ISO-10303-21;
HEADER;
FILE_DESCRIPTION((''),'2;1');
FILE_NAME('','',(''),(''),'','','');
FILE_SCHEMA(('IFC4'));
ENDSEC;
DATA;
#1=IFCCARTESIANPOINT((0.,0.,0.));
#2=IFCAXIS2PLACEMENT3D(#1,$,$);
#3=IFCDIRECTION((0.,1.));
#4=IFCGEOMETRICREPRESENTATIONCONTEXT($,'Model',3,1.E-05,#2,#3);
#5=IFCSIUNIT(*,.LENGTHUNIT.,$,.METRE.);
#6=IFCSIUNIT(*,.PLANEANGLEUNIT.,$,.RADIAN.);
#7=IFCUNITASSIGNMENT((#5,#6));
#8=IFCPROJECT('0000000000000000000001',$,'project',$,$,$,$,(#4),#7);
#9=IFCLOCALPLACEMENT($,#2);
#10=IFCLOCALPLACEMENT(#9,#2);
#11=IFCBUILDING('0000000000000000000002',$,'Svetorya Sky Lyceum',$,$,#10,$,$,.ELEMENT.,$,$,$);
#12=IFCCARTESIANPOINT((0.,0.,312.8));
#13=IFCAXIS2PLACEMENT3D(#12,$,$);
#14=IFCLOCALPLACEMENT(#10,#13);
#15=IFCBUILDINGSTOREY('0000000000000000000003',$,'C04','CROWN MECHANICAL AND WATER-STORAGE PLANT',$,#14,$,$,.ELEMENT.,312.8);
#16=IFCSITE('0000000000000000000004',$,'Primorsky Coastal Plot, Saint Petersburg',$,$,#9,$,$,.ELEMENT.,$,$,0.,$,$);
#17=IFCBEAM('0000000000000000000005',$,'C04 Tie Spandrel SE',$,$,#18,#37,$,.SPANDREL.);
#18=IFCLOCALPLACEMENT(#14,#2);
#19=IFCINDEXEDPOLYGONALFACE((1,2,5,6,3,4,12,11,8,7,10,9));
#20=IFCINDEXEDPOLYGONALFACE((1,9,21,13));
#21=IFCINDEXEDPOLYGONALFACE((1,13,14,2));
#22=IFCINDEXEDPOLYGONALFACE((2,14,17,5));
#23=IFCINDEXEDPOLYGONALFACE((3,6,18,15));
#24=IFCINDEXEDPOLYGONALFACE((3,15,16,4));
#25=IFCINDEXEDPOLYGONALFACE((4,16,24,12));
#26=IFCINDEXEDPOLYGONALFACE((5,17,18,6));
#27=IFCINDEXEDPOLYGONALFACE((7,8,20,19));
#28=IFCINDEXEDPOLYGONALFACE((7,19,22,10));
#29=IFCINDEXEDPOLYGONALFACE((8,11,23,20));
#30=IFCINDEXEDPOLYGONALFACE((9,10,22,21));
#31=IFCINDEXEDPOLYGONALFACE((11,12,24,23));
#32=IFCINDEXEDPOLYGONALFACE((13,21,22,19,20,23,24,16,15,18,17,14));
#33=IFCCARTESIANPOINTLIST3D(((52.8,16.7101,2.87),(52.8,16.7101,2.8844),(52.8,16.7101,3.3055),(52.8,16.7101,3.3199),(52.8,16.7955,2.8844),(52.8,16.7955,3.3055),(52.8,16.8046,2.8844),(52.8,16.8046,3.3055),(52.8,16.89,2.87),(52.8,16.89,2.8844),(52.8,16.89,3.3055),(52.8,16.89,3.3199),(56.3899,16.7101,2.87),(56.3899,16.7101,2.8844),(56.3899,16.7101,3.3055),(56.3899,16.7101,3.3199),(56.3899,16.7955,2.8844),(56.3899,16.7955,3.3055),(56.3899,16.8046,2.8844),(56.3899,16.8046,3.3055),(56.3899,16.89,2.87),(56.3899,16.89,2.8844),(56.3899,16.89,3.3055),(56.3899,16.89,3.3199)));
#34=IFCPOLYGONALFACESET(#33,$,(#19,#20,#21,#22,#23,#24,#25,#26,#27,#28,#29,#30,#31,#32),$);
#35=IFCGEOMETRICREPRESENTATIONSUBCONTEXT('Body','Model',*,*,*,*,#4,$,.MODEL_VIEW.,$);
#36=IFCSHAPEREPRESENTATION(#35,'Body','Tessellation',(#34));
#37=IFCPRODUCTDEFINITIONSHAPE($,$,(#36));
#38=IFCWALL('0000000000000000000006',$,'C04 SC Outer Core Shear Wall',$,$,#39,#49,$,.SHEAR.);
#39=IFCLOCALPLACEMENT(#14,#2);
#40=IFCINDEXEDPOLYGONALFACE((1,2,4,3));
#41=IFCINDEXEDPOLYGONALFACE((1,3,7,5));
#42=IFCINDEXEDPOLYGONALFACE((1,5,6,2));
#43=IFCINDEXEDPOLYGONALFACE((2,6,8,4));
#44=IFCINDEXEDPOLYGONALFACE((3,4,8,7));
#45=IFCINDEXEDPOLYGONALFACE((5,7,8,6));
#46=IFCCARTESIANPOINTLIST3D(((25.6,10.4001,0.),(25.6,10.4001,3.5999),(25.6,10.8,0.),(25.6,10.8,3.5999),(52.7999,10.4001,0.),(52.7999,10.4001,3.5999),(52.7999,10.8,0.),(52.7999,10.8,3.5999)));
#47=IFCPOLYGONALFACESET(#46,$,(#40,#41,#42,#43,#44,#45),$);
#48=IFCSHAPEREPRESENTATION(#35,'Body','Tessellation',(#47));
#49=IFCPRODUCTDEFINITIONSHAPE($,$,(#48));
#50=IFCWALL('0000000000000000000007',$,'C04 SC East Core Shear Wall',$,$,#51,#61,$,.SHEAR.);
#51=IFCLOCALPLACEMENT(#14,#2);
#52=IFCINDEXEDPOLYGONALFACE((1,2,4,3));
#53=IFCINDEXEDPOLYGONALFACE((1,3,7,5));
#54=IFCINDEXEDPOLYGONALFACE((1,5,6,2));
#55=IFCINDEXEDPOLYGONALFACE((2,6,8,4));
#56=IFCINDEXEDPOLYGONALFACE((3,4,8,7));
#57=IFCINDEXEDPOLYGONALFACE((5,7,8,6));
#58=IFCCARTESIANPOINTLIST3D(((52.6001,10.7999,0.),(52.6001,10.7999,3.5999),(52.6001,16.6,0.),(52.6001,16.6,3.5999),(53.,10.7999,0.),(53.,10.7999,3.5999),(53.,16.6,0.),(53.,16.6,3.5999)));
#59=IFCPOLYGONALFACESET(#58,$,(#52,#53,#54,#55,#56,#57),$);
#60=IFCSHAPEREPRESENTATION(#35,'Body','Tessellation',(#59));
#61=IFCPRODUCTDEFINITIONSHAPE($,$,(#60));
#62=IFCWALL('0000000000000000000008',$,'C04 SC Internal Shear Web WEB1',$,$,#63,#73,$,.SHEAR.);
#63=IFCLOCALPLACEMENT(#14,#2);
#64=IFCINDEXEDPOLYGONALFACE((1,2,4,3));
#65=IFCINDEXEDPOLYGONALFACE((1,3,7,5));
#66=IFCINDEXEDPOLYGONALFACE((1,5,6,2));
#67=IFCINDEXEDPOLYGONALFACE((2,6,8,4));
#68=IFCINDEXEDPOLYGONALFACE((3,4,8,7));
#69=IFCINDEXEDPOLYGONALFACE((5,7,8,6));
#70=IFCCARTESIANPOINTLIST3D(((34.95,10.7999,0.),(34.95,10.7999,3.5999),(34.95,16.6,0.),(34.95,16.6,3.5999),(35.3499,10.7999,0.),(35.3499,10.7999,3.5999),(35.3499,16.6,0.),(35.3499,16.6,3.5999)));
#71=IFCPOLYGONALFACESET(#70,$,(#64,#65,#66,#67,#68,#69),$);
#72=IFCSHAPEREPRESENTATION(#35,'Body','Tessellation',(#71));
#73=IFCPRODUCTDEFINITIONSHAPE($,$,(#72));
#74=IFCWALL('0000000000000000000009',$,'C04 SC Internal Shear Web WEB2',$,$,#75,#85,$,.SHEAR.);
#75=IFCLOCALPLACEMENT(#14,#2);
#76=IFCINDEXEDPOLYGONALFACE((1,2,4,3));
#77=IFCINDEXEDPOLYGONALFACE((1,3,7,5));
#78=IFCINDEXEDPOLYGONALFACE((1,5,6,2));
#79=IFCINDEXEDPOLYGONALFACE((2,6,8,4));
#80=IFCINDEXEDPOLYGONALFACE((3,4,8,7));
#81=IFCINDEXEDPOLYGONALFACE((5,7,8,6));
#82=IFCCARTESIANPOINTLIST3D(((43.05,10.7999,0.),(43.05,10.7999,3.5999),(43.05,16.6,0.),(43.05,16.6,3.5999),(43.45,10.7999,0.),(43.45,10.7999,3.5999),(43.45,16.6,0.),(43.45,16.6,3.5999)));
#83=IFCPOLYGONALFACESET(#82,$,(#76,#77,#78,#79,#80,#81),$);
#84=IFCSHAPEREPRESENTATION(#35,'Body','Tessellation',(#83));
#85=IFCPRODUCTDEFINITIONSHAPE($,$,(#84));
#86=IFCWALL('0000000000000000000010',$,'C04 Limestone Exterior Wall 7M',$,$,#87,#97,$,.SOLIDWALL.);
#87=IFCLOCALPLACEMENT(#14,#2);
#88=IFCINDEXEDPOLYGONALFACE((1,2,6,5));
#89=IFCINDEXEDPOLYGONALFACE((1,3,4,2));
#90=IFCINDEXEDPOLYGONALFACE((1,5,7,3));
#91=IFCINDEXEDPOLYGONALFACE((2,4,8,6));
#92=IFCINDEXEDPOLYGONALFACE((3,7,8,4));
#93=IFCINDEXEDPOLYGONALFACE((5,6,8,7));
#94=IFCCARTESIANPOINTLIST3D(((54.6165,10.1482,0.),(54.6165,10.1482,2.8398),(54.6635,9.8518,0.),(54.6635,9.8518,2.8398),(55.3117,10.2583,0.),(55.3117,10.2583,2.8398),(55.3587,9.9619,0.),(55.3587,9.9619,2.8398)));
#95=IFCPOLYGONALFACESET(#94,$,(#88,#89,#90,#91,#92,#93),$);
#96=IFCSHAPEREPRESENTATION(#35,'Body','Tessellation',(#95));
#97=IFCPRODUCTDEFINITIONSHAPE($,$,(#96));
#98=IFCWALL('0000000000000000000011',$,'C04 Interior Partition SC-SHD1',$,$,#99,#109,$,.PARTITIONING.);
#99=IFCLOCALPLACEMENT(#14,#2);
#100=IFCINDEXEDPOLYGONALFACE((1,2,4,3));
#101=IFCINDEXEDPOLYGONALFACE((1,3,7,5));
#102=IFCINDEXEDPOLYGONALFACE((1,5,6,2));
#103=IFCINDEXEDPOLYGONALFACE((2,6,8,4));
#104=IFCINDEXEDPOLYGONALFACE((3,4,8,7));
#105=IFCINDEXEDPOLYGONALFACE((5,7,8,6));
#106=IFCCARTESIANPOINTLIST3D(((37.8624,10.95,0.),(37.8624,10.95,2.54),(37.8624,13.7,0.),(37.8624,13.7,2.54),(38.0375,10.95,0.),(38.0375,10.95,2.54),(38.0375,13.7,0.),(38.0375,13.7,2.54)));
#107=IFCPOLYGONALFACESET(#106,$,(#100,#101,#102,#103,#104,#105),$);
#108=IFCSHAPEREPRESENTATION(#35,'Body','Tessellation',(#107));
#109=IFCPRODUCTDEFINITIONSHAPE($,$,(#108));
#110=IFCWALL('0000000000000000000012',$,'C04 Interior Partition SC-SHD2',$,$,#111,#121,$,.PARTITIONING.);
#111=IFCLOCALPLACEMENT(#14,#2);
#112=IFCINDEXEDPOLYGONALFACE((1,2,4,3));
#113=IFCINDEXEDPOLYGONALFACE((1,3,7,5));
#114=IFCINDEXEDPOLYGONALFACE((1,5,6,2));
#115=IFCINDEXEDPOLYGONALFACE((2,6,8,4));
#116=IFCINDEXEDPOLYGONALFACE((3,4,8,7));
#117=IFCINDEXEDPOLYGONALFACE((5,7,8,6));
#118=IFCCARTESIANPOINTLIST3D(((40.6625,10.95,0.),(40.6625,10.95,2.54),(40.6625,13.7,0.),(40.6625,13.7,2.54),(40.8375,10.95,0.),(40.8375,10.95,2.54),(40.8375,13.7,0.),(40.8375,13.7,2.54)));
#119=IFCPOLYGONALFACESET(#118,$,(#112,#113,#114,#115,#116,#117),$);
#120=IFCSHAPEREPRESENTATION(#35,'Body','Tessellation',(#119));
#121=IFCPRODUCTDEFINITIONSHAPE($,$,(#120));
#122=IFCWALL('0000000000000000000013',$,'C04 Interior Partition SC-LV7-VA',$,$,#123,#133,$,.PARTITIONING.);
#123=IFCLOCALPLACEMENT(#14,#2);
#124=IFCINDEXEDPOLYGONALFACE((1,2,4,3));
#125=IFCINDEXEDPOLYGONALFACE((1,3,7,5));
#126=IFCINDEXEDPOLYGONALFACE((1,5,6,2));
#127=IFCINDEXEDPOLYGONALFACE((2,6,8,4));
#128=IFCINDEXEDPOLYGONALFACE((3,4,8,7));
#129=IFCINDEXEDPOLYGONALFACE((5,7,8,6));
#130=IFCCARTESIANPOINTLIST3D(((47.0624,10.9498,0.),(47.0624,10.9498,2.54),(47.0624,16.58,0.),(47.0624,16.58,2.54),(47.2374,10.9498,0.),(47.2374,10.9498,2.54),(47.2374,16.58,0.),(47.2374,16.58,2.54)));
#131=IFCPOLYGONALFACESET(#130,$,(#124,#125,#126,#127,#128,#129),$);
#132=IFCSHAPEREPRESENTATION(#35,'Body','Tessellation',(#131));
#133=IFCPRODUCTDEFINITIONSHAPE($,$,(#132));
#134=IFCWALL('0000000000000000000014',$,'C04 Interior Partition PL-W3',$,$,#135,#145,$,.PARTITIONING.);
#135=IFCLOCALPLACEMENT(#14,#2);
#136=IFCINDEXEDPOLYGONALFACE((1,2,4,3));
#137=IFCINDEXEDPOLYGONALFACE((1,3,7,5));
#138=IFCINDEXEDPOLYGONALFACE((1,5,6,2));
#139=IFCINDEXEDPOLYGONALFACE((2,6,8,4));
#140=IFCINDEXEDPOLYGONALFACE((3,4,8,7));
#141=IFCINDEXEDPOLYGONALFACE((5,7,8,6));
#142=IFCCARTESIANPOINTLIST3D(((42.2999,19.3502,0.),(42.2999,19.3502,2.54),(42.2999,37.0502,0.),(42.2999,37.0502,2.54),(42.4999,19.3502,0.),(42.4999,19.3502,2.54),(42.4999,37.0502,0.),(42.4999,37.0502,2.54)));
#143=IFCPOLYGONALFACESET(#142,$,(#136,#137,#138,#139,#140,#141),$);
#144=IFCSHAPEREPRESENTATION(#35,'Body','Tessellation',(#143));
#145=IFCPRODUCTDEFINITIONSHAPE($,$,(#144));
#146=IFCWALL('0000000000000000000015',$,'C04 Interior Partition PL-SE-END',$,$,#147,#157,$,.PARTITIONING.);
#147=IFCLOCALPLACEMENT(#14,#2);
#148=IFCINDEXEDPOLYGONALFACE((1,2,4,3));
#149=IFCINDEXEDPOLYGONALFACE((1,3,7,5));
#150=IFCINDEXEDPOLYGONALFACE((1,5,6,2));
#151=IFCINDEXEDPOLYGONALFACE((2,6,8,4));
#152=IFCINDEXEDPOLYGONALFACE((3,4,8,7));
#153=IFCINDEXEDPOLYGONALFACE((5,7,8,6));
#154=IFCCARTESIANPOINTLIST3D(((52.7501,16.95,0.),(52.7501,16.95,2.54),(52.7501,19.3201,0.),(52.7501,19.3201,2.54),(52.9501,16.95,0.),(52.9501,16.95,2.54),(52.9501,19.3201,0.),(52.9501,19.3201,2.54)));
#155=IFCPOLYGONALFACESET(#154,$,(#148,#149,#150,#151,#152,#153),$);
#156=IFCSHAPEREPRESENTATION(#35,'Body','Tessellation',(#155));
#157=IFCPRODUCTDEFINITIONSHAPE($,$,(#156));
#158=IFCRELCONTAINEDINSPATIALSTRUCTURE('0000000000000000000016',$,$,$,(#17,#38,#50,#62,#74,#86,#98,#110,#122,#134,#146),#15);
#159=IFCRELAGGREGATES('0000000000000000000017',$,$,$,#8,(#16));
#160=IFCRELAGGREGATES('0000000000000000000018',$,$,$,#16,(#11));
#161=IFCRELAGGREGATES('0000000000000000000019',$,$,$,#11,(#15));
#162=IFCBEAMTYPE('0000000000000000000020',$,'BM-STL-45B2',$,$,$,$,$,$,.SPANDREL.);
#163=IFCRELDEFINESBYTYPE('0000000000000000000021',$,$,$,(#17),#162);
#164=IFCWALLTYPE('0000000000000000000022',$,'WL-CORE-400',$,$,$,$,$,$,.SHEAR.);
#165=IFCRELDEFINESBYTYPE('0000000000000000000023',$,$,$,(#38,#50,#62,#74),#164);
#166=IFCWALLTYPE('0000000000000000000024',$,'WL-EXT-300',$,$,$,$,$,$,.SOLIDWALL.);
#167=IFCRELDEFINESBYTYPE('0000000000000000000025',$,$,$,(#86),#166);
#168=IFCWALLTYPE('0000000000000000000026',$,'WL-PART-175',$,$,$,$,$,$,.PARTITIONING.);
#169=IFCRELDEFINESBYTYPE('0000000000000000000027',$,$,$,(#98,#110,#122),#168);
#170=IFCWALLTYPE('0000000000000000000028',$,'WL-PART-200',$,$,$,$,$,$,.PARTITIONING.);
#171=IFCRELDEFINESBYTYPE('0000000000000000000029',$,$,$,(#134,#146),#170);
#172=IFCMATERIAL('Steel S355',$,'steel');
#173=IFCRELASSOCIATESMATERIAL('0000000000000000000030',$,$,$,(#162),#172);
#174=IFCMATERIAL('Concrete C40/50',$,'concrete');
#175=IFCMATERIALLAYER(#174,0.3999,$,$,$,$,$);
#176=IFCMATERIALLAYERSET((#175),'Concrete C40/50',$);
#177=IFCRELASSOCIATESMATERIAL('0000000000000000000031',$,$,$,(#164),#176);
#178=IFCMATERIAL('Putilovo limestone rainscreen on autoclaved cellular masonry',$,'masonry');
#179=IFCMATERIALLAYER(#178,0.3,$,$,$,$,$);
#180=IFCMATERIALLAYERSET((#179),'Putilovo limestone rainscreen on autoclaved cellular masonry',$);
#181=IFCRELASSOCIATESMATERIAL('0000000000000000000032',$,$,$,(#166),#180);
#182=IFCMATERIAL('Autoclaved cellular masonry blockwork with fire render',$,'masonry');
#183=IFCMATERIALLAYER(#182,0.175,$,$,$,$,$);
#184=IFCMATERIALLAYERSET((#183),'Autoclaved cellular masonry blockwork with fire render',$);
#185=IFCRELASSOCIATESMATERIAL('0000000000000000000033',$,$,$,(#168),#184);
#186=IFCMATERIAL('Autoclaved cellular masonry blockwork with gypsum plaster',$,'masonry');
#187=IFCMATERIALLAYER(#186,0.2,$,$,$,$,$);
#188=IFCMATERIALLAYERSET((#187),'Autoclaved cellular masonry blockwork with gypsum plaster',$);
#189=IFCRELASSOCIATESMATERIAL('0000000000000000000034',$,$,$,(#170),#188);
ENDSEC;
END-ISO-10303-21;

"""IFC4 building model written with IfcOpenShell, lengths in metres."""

from ifc_helpers import new_model, si_unit, direction, frame, frame_2d, origin, origin_2d, place, context, subcontext, project, spatial, rectangle, i_section, extrude, material, layer, layer_set, material_profile, profile_set, type_object, element, save


model = new_model("IFC4")

# Units and contexts
model_context = context("Model", 3, precision=1e-05, world=origin(), true_north=direction((0.0, 1.0)))
body_context = subcontext(model_context, "Body", "Model", "MODEL_VIEW")
ifc_project = project(units=[si_unit("LENGTHUNIT", "METRE"), si_unit("PLANEANGLEUNIT", "RADIAN")], contexts=[model_context])

# Site, building, storey
site_placement = place(None, origin())
site = spatial("IfcSite", under=ifc_project, at=site_placement, Name="Primorsky Coastal Plot, Saint Petersburg", CompositionType="ELEMENT", RefElevation=0.0)
building_placement = place(site_placement, origin())
building = spatial("IfcBuilding", under=site, at=building_placement, Name="Svetorya Sky Lyceum", CompositionType="ELEMENT")
storey_placement = place(building_placement, frame((0.0, 0.0, 312.8)))
storey = spatial("IfcBuildingStorey", under=building, at=storey_placement, Name="C04", Description="CROWN MECHANICAL AND WATER-STORAGE PLANT", CompositionType="ELEMENT", Elevation=312.8)

# Shared definitions
ifc_material_1 = material(Name="Concrete C40/50", Category="concrete")

# Beam
ifc_material_2 = material(Name="Steel S355", Category="steel")
ifc_material_profile_1 = material_profile(ifc_material_2, i_section(OverallWidth=0.1799, OverallDepth=0.45, WebThickness=0.009, FlangeThickness=0.0144, at=origin_2d()), Name="GOST 45B2")
ifc_profile_set_1 = profile_set([ifc_material_profile_1], Name="Steel S355")
beam_type_1 = type_object("IfcBeamType", Name="BM-STL-45B2", PredefinedType="SPANDREL", material=ifc_profile_set_1)
beam_1_placement = place(storey_placement, frame((52.8, 16.8, 3.095), z_axis=(1.0, 0.0, 0.0), x_axis=(0.0, 1.0, 0.0)))
element("IfcBeam", 1, at=beam_1_placement, inside=storey, type_object=beam_type_1, Name="C04 Tie Spandrel SE", PredefinedType="SPANDREL", context=body_context, shape_type="SweptSolid", body=[
    extrude(i_section(OverallWidth=0.1799, OverallDepth=0.45, WebThickness=0.009, FlangeThickness=0.0144, at=origin_2d()), origin(), (0.0, 0.0, 1.0), 3.5898),
])

# Walls
ifc_layer_1 = layer(ifc_material_1, 0.3999)
ifc_layer_set_1 = layer_set([ifc_layer_1], Name="Concrete C40/50")
wall_type_1 = type_object("IfcWallType", Name="WL-CORE-400", PredefinedType="SHEAR", material=ifc_layer_set_1)
wall_1_placement = place(storey_placement, frame((52.8, 10.6001, 0.0), z_axis=(0.0, 0.0, 1.0), x_axis=(-1.0, 0.0, 0.0)))
element("IfcWall", 2, at=wall_1_placement, inside=storey, type_object=wall_type_1, Name="C04 SC Outer Core Shear Wall", PredefinedType="SHEAR", context=body_context, shape_type="SweptSolid", body=[
    extrude(rectangle(XDim=27.2, YDim=0.3999, at=frame_2d((13.6001, 0.0))), origin(), (0.0, 0.0, 1.0), 3.5999),
])
for number, where, z_axis, x_axis, name in (
    (3, (52.8, 10.8, 0.0), (0.0, 0.0, 1.0), (0.0, 1.0, 0.0), "C04 SC East Core Shear Wall"),
    (4, (35.1499, 10.8, 0.0), (0.0, 0.0, 1.0), (0.0, 1.0, 0.0), "C04 SC Internal Shear Web WEB1"),
    (5, (43.25, 10.8, 0.0), (0.0, 0.0, 1.0), (0.0, 1.0, 0.0), "C04 SC Internal Shear Web WEB2"),
):
    element("IfcWall", number, at=place(storey_placement, frame(where, z_axis=z_axis, x_axis=x_axis)), inside=storey, type_object=wall_type_1, Name=name, PredefinedType="SHEAR", context=body_context, shape_type="SweptSolid", body=[
        extrude(rectangle(XDim=5.8, YDim=0.3999, at=frame_2d((2.8999, 0.0))), origin(), (0.0, 0.0, 1.0), 3.5999),
    ])
ifc_material_3 = material(Name="Putilovo limestone rainscreen on autoclaved cellular masonry", Category="masonry")
ifc_layer_2 = layer(ifc_material_3, 0.3)
ifc_layer_set_2 = layer_set([ifc_layer_2], Name="Putilovo limestone rainscreen on autoclaved cellular masonry")
wall_type_2 = type_object("IfcWallType", Name="WL-EXT-300", PredefinedType="SOLIDWALL", material=ifc_layer_set_2)
wall_2_placement = place(storey_placement, frame((54.6399, 10.0, 0.0), z_axis=(0.0, 0.0, 1.0), x_axis=(0.987693, 0.156408, 0.0)))
element("IfcWall", 6, at=wall_2_placement, inside=storey, type_object=wall_type_2, Name="C04 Limestone Exterior Wall 7M", PredefinedType="SOLIDWALL", context=body_context, shape_type="SweptSolid", body=[
    extrude(rectangle(XDim=0.7039, YDim=0.3, at=frame_2d((0.3521, 0.0))), origin(), (0.0, 0.0, 1.0), 2.8398),
])
ifc_material_4 = material(Name="Autoclaved cellular masonry blockwork with fire render", Category="masonry")
ifc_layer_3 = layer(ifc_material_4, 0.175)
ifc_layer_set_3 = layer_set([ifc_layer_3], Name="Autoclaved cellular masonry blockwork with fire render")
wall_type_3 = type_object("IfcWallType", Name="WL-PART-175", PredefinedType="PARTITIONING", material=ifc_layer_set_3)
for number, where, z_axis, x_axis, name in (
    (7, (37.95, 10.95, 0.0), (0.0, 0.0, 1.0), (0.0, 1.0, 0.0), "C04 Interior Partition SC-SHD1"),
    (8, (40.75, 10.95, 0.0), (0.0, 0.0, 1.0), (0.0, 1.0, 0.0), "C04 Interior Partition SC-SHD2"),
):
    element("IfcWall", number, at=place(storey_placement, frame(where, z_axis=z_axis, x_axis=x_axis)), inside=storey, type_object=wall_type_3, Name=name, PredefinedType="PARTITIONING", context=body_context, shape_type="SweptSolid", body=[
        extrude(rectangle(XDim=2.75, YDim=0.175, at=frame_2d((1.375, 0.0))), origin(), (0.0, 0.0, 1.0), 2.54),
    ])
wall_3_placement = place(storey_placement, frame((47.1499, 10.95, 0.0), z_axis=(0.0, 0.0, 1.0), x_axis=(0.0, 1.0, 0.0)))
element("IfcWall", 9, at=wall_3_placement, inside=storey, type_object=wall_type_3, Name="C04 Interior Partition SC-LV7-VA", PredefinedType="PARTITIONING", context=body_context, shape_type="SweptSolid", body=[
    extrude(rectangle(XDim=5.6301, YDim=0.175, at=frame_2d((2.8149, 0.0))), origin(), (0.0, 0.0, 1.0), 2.54),
])

# Shared definitions
ifc_material_5 = material(Name="Autoclaved cellular masonry blockwork with gypsum plaster", Category="masonry")
ifc_layer_4 = layer(ifc_material_5, 0.2)
ifc_layer_set_4 = layer_set([ifc_layer_4], Name="Autoclaved cellular masonry blockwork with gypsum plaster")
wall_type_4 = type_object("IfcWallType", Name="WL-PART-200", PredefinedType="PARTITIONING", material=ifc_layer_set_4)

# Walls
wall_4_placement = place(storey_placement, frame((42.3999, 19.3501, 0.0), z_axis=(0.0, 0.0, 1.0), x_axis=(0.0, 1.0, 0.0)))
element("IfcWall", 10, at=wall_4_placement, inside=storey, type_object=wall_type_4, Name="C04 Interior Partition PL-W3", PredefinedType="PARTITIONING", context=body_context, shape_type="SweptSolid", body=[
    extrude(rectangle(XDim=17.7, YDim=0.2, at=frame_2d((8.8501, 0.0))), origin(), (0.0, 0.0, 1.0), 2.54),
])
wall_5_placement = place(storey_placement, frame((52.8501, 16.95, 0.0), z_axis=(0.0, 0.0, 1.0), x_axis=(0.0, 1.0, 0.0)))
element("IfcWall", 11, at=wall_5_placement, inside=storey, type_object=wall_type_4, Name="C04 Interior Partition PL-SE-END", PredefinedType="PARTITIONING", context=body_context, shape_type="SweptSolid", body=[
    extrude(rectangle(XDim=2.3701, YDim=0.2, at=frame_2d((1.1851, 0.0))), origin(), (0.0, 0.0, 1.0), 2.54),
])

save(model, "model.ifc")
